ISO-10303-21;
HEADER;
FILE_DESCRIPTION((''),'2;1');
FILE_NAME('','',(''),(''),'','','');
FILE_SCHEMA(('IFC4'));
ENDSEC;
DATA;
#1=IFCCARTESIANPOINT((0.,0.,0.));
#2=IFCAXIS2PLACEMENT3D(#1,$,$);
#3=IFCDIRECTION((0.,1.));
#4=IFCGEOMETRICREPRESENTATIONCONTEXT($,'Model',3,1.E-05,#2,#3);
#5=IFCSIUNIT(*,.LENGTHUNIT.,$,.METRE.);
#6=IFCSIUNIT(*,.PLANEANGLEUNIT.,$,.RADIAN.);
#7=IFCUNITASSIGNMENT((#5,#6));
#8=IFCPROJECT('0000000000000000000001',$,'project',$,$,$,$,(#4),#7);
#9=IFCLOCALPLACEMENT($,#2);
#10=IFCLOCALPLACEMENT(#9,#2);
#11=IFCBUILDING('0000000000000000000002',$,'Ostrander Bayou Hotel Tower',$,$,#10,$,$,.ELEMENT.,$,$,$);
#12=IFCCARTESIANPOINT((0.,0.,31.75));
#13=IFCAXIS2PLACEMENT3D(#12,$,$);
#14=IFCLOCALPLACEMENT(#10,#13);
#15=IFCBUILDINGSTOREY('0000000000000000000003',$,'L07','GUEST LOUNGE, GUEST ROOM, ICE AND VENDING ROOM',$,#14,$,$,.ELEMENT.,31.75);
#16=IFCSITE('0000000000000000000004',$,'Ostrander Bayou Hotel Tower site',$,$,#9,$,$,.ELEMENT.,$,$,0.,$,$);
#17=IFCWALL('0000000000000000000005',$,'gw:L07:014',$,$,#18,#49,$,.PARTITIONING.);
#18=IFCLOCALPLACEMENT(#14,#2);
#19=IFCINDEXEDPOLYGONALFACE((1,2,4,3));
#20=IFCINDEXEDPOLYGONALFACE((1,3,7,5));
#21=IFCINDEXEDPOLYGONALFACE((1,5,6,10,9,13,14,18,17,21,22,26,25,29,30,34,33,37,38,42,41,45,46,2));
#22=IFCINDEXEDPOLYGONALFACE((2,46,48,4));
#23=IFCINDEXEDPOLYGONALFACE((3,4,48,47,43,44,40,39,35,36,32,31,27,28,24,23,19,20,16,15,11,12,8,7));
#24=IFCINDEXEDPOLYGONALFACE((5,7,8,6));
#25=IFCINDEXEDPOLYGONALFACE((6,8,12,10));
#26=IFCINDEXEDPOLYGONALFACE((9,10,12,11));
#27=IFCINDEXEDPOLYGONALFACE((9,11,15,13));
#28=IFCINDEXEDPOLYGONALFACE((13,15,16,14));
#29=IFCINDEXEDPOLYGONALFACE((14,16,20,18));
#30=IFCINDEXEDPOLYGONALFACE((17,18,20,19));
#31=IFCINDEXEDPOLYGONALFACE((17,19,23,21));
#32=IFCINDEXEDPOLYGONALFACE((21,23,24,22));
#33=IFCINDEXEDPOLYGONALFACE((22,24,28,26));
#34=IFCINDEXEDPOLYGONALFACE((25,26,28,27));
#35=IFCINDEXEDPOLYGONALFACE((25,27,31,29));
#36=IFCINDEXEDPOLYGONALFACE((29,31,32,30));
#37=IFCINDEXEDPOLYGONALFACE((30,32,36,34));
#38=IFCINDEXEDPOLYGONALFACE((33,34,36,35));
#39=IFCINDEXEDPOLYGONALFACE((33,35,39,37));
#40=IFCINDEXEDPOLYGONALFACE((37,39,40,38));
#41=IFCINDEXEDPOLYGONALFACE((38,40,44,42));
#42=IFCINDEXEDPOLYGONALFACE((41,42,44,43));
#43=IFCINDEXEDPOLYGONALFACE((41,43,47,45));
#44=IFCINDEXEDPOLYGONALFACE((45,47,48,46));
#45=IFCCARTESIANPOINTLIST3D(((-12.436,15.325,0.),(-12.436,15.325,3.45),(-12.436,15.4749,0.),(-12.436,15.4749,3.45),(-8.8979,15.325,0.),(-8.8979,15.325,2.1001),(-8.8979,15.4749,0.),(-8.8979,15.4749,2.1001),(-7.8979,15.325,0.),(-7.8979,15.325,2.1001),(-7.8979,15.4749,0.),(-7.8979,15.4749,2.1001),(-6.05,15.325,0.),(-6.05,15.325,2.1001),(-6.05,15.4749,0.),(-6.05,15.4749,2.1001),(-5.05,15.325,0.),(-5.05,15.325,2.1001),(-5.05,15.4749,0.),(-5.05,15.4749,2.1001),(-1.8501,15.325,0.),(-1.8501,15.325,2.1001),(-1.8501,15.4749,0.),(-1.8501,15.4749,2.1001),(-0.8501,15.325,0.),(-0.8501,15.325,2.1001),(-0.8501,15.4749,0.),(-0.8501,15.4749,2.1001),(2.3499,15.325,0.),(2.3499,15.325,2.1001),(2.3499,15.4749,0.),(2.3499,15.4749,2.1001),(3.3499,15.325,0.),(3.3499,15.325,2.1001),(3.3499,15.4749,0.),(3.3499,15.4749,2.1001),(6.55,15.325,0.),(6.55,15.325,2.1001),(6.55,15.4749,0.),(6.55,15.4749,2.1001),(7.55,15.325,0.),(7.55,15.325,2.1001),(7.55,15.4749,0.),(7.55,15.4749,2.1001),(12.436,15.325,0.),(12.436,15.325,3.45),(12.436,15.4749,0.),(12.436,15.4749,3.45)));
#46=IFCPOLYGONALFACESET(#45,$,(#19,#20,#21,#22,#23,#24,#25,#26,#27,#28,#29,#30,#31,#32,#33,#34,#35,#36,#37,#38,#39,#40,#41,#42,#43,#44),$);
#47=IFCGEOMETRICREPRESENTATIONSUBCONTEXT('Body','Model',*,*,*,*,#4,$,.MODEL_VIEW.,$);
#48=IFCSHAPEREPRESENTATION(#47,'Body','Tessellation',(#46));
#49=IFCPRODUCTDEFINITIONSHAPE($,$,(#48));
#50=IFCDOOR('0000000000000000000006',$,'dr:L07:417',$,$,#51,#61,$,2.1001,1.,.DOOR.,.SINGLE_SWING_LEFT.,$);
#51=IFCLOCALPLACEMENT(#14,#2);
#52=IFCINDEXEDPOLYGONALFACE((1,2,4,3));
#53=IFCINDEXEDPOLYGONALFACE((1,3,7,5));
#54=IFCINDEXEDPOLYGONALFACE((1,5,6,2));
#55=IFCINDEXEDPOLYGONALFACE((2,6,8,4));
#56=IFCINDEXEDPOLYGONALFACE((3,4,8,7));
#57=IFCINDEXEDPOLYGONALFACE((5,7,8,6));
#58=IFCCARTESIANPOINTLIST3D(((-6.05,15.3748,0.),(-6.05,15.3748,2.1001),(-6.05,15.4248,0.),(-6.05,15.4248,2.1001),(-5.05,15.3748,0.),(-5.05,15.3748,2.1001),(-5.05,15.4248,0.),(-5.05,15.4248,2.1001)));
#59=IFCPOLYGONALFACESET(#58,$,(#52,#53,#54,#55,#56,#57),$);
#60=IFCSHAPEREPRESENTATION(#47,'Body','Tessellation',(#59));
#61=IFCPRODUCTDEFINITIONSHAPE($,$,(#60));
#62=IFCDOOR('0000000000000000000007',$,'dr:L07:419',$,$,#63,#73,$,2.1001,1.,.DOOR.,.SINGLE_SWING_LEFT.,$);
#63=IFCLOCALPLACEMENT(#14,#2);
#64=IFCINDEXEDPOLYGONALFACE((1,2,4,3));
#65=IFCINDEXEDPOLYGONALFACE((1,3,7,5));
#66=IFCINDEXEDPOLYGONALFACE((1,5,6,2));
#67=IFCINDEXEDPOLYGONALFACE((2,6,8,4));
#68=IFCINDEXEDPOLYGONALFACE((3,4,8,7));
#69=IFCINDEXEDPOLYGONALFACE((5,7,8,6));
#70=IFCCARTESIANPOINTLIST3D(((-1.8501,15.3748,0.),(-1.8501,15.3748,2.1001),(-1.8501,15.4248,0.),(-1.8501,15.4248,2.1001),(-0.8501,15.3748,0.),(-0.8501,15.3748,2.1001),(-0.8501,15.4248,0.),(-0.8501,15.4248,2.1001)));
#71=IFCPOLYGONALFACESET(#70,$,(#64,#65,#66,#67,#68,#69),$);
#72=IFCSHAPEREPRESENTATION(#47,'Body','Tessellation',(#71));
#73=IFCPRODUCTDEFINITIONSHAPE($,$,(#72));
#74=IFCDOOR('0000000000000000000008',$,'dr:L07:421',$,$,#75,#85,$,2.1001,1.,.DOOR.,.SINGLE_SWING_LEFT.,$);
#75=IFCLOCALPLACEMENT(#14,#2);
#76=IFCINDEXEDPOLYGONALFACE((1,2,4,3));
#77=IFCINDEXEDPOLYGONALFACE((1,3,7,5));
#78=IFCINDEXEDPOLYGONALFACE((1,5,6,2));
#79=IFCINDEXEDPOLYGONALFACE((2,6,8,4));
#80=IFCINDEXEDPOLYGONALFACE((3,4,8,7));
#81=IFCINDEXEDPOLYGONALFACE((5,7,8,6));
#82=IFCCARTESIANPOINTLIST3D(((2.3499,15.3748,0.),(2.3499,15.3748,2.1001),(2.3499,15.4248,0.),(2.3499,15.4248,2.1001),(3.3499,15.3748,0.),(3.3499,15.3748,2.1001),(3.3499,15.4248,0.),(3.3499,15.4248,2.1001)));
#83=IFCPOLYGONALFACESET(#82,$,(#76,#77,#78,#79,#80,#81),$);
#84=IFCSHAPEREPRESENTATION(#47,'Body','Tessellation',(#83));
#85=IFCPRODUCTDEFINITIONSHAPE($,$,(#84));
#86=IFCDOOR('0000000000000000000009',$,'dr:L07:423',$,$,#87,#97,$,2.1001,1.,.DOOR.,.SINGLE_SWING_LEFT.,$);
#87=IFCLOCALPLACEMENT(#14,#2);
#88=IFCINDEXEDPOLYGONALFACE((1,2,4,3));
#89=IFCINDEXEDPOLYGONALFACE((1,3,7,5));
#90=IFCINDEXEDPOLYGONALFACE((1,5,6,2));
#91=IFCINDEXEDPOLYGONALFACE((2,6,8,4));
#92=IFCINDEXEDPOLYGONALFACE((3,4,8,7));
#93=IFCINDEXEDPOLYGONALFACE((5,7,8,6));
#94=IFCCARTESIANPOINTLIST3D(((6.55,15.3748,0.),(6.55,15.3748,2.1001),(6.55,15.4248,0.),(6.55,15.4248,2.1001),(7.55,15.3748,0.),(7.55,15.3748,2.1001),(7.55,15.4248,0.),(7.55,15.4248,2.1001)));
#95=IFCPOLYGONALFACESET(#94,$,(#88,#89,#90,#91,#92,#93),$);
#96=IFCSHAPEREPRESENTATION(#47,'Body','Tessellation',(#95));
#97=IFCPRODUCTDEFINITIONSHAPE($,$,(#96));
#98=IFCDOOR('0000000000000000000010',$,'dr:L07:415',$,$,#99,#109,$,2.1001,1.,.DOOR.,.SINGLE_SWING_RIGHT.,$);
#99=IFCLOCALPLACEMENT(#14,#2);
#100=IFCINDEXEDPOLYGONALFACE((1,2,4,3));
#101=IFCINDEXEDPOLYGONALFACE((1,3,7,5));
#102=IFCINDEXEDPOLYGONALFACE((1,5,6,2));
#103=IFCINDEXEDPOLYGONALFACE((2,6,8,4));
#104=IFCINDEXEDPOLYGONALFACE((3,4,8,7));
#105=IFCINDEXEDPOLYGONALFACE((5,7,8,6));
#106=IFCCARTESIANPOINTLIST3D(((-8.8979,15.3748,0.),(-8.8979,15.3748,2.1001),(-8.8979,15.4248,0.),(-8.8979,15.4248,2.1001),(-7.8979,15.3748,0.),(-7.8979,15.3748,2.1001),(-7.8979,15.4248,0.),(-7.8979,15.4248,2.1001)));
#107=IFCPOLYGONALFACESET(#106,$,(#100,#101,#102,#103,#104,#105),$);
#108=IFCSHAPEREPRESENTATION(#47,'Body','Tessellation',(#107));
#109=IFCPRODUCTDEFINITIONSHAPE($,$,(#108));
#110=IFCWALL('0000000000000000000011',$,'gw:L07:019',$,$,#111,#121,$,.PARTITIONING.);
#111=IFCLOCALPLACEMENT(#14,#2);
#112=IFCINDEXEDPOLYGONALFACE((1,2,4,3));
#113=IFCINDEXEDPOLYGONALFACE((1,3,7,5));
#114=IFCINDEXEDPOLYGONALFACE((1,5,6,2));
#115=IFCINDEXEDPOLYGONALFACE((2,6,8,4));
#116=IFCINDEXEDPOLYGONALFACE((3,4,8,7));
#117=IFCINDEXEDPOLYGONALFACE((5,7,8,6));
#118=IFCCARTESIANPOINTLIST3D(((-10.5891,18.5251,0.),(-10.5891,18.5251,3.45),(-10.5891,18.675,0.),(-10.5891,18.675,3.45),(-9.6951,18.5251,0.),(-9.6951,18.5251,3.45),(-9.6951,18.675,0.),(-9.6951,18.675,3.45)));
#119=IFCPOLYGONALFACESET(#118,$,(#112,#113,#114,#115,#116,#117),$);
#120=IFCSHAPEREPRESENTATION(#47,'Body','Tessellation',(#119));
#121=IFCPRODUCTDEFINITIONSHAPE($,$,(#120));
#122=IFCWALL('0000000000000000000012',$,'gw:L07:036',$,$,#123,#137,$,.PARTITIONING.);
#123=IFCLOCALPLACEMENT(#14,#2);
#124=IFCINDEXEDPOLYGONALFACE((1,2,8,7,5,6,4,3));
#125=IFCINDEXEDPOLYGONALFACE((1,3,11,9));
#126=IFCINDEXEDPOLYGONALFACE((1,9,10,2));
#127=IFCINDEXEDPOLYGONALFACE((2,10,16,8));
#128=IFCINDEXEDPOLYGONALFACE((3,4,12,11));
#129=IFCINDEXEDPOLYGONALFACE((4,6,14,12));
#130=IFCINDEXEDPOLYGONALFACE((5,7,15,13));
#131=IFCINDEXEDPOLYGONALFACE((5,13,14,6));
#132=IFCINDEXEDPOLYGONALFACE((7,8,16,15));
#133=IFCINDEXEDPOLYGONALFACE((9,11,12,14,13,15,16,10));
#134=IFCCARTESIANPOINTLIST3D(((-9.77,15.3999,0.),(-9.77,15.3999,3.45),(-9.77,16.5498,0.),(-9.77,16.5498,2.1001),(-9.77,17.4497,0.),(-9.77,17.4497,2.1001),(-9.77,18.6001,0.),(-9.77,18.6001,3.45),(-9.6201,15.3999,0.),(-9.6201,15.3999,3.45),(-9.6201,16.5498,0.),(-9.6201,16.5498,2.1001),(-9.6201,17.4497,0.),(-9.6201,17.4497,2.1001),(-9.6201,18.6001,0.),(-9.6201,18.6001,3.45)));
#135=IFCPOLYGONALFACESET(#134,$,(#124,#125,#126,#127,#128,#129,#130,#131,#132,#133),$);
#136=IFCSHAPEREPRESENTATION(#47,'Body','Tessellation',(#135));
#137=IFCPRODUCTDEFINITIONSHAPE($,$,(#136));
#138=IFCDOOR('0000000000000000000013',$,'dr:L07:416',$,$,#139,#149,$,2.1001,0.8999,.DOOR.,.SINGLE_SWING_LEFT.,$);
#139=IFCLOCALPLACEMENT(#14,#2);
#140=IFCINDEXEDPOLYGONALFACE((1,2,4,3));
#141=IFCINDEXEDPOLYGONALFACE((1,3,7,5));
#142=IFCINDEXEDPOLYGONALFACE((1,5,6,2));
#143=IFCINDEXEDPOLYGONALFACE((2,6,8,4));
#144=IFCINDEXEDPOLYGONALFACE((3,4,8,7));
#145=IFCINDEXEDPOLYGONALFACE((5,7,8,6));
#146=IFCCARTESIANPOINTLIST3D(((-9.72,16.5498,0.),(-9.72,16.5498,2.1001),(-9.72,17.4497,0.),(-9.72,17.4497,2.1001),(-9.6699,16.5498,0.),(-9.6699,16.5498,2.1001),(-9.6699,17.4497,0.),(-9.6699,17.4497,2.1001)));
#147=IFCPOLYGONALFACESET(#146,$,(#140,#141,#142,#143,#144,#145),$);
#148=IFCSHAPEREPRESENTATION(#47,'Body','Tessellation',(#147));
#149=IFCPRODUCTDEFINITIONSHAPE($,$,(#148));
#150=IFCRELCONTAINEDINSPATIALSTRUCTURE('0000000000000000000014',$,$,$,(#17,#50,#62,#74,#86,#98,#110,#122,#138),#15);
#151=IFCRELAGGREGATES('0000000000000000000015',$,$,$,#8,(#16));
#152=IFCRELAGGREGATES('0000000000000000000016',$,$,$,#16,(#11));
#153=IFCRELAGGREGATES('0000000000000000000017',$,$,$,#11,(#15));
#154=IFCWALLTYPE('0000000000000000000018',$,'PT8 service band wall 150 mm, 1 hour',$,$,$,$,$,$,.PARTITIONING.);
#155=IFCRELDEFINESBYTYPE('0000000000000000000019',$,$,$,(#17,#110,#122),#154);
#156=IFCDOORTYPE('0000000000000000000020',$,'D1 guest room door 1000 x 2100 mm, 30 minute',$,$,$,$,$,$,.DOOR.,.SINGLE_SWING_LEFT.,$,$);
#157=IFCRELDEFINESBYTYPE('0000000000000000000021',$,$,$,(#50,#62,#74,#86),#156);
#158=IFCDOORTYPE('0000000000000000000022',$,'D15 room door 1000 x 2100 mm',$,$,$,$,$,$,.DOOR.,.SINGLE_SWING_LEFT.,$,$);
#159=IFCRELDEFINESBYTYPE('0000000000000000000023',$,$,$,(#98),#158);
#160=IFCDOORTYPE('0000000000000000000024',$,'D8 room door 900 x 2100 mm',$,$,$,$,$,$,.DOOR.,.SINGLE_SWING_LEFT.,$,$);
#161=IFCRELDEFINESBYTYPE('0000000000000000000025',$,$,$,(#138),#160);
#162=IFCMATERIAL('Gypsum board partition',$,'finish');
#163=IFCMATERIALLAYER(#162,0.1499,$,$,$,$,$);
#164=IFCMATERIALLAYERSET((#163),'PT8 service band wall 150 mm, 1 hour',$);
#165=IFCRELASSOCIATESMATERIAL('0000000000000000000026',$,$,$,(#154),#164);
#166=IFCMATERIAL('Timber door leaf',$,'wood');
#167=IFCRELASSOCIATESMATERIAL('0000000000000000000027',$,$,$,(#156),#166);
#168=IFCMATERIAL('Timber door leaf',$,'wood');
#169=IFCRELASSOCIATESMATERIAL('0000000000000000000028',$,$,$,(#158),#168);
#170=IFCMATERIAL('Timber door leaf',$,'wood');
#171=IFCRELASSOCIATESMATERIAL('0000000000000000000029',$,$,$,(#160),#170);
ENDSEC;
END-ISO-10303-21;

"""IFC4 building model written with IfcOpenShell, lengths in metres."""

from ifc_helpers import new_model, si_unit, direction, frame, frame_2d, origin, place, context, subcontext, project, spatial, rectangle, extrude, material, layer, layer_set, type_object, element, fill, save


model = new_model("IFC4")

# Units and contexts
model_context = context("Model", 3, precision=1e-05, world=origin(), true_north=direction((0.0, 1.0)))
body_context = subcontext(model_context, "Body", "Model", "MODEL_VIEW")
ifc_project = project(units=[si_unit("LENGTHUNIT", "METRE"), si_unit("PLANEANGLEUNIT", "RADIAN")], contexts=[model_context])

# Site, building, storey
site_placement = place(None, origin())
site = spatial("IfcSite", under=ifc_project, at=site_placement, Name="Ostrander Bayou Hotel Tower site", CompositionType="ELEMENT", RefElevation=0.0)
building_placement = place(site_placement, origin())
building = spatial("IfcBuilding", under=site, at=building_placement, Name="Ostrander Bayou Hotel Tower", CompositionType="ELEMENT")
storey_placement = place(building_placement, frame((0.0, 0.0, 31.75)))
storey = spatial("IfcBuildingStorey", under=building, at=storey_placement, Name="L07", Description="GUEST LOUNGE, GUEST ROOM, ICE AND VENDING ROOM", CompositionType="ELEMENT", Elevation=31.75)

# Wall, openings, doors
ifc_material_1 = material(Name="Gypsum board partition", Category="finish")
ifc_layer_1 = layer(ifc_material_1, 0.1499)
ifc_layer_set_1 = layer_set([ifc_layer_1], Name="PT8 service band wall 150 mm, 1 hour")
wall_type_1 = type_object("IfcWallType", Name="PT8 service band wall 150 mm, 1 hour", PredefinedType="PARTITIONING", material=ifc_layer_set_1)
wall_1_placement = place(storey_placement, frame((-12.436, 15.3999, 0.0), z_axis=(0.0, 0.0, 1.0), x_axis=(1.0, 0.0, 0.0)))
wall_1 = element("IfcWall", 1, at=wall_1_placement, inside=storey, type_object=wall_type_1, Name="gw:L07:014", PredefinedType="PARTITIONING", context=body_context, shape_type="SweptSolid", body=[
    extrude(rectangle(XDim=24.8721, YDim=0.1499, at=frame_2d((12.436, 0.0))), origin(), (0.0, 0.0, 1.0), 3.45),
])
opening_1_placement = place(wall_1_placement, frame((3.5381, 0.0, 0.0)))
opening_1 = element("IfcOpeningElement", 2, at=opening_1_placement, cuts=wall_1, PredefinedType="OPENING", context=body_context, shape_type="SweptSolid", body=[
    extrude(rectangle(XDim=1.0, YDim=2.1001, at=frame_2d((0.5, 1.05))), frame((0.0, 0.075, 0.0), z_axis=(0.0, -1.0, 0.0), x_axis=(1.0, 0.0, 0.0)), (0.0, 0.0, 1.0), 0.1499),
])
opening_2_placement = place(wall_1_placement, frame((6.386, 0.0, 0.0)))
opening_2 = element("IfcOpeningElement", 3, at=opening_2_placement, cuts=wall_1, PredefinedType="OPENING", context=body_context, shape_type="SweptSolid", body=[
    extrude(rectangle(XDim=1.0, YDim=2.1001, at=frame_2d((0.5, 1.05))), frame((0.0, 0.075, 0.0), z_axis=(0.0, -1.0, 0.0), x_axis=(1.0, 0.0, 0.0)), (0.0, 0.0, 1.0), 0.1499),
])
opening_3_placement = place(wall_1_placement, frame((10.5859, 0.0, 0.0)))
opening_3 = element("IfcOpeningElement", 4, at=opening_3_placement, cuts=wall_1, PredefinedType="OPENING", context=body_context, shape_type="SweptSolid", body=[
    extrude(rectangle(XDim=1.0, YDim=2.1001, at=frame_2d((0.5, 1.05))), frame((0.0, 0.075, 0.0), z_axis=(0.0, -1.0, 0.0), x_axis=(1.0, 0.0, 0.0)), (0.0, 0.0, 1.0), 0.1499),
])
opening_4_placement = place(wall_1_placement, frame((14.7859, 0.0, 0.0)))
opening_4 = element("IfcOpeningElement", 5, at=opening_4_placement, cuts=wall_1, PredefinedType="OPENING", context=body_context, shape_type="SweptSolid", body=[
    extrude(rectangle(XDim=1.0, YDim=2.1001, at=frame_2d((0.5, 1.05))), frame((0.0, 0.075, 0.0), z_axis=(0.0, -1.0, 0.0), x_axis=(1.0, 0.0, 0.0)), (0.0, 0.0, 1.0), 0.1499),
])
opening_5_placement = place(wall_1_placement, frame((18.9861, 0.0, 0.0)))
opening_5 = element("IfcOpeningElement", 6, at=opening_5_placement, cuts=wall_1, PredefinedType="OPENING", context=body_context, shape_type="SweptSolid", body=[
    extrude(rectangle(XDim=1.0, YDim=2.1001, at=frame_2d((0.5, 1.05))), frame((0.0, 0.075, 0.0), z_axis=(0.0, -1.0, 0.0), x_axis=(1.0, 0.0, 0.0)), (0.0, 0.0, 1.0), 0.1499),
])
ifc_material_2 = material(Name="Timber door leaf", Category="wood")
door_type_1 = type_object("IfcDoorType", Name="D1 guest room door 1000 x 2100 mm, 30 minute", OperationType="SINGLE_SWING_LEFT", PredefinedType="DOOR", material=ifc_material_2)
door_1_placement = place(opening_2_placement, origin())
door_1 = element("IfcDoor", 7, at=door_1_placement, inside=storey, type_object=door_type_1, Name="dr:L07:417", OperationType="SINGLE_SWING_LEFT", OverallHeight=2.1001, OverallWidth=1.0, PredefinedType="DOOR", context=body_context, shape_type="SweptSolid", body=[
    extrude(rectangle(XDim=1.0, YDim=2.1001, at=frame_2d((0.5, 1.05))), frame((0.0, 0.0249, 0.0), z_axis=(0.0, -1.0, 0.0), x_axis=(1.0, 0.0, 0.0)), (0.0, 0.0, 1.0), 0.05),
])
fill(opening_2, door_1)
door_2_placement = place(opening_3_placement, origin())
door_2 = element("IfcDoor", 8, at=door_2_placement, inside=storey, type_object=door_type_1, Name="dr:L07:419", OperationType="SINGLE_SWING_LEFT", OverallHeight=2.1001, OverallWidth=1.0, PredefinedType="DOOR", context=body_context, shape_type="SweptSolid", body=[
    extrude(rectangle(XDim=1.0, YDim=2.1001, at=frame_2d((0.5, 1.05))), frame((0.0, 0.0249, 0.0), z_axis=(0.0, -1.0, 0.0), x_axis=(1.0, 0.0, 0.0)), (0.0, 0.0, 1.0), 0.05),
])
fill(opening_3, door_2)
door_3_placement = place(opening_4_placement, origin())
door_3 = element("IfcDoor", 9, at=door_3_placement, inside=storey, type_object=door_type_1, Name="dr:L07:421", OperationType="SINGLE_SWING_LEFT", OverallHeight=2.1001, OverallWidth=1.0, PredefinedType="DOOR", context=body_context, shape_type="SweptSolid", body=[
    extrude(rectangle(XDim=1.0, YDim=2.1001, at=frame_2d((0.5, 1.05))), frame((0.0, 0.0249, 0.0), z_axis=(0.0, -1.0, 0.0), x_axis=(1.0, 0.0, 0.0)), (0.0, 0.0, 1.0), 0.05),
])
fill(opening_4, door_3)
door_4_placement = place(opening_5_placement, origin())
door_4 = element("IfcDoor", 10, at=door_4_placement, inside=storey, type_object=door_type_1, Name="dr:L07:423", OperationType="SINGLE_SWING_LEFT", OverallHeight=2.1001, OverallWidth=1.0, PredefinedType="DOOR", context=body_context, shape_type="SweptSolid", body=[
    extrude(rectangle(XDim=1.0, YDim=2.1001, at=frame_2d((0.5, 1.05))), frame((0.0, 0.0249, 0.0), z_axis=(0.0, -1.0, 0.0), x_axis=(1.0, 0.0, 0.0)), (0.0, 0.0, 1.0), 0.05),
])
fill(opening_5, door_4)
ifc_material_3 = material(Name="Timber door leaf", Category="wood")
door_type_2 = type_object("IfcDoorType", Name="D15 room door 1000 x 2100 mm", OperationType="SINGLE_SWING_LEFT", PredefinedType="DOOR", material=ifc_material_3)
door_5_placement = place(opening_1_placement, origin())
door_5 = element("IfcDoor", 11, at=door_5_placement, inside=storey, type_object=door_type_2, Name="dr:L07:415", OperationType="SINGLE_SWING_RIGHT", OverallHeight=2.1001, OverallWidth=1.0, PredefinedType="DOOR", context=body_context, shape_type="SweptSolid", body=[
    extrude(rectangle(XDim=1.0, YDim=2.1001, at=frame_2d((0.5, 1.05))), frame((0.0, 0.0249, 0.0), z_axis=(0.0, -1.0, 0.0), x_axis=(1.0, 0.0, 0.0)), (0.0, 0.0, 1.0), 0.05),
])
fill(opening_1, door_5)

# Wall
wall_2_placement = place(storey_placement, frame((-10.5891, 18.6001, 0.0), z_axis=(0.0, 0.0, 1.0), x_axis=(1.0, 0.0, 0.0)))
element("IfcWall", 12, at=wall_2_placement, inside=storey, type_object=wall_type_1, Name="gw:L07:019", PredefinedType="PARTITIONING", context=body_context, shape_type="SweptSolid", body=[
    extrude(rectangle(XDim=0.894, YDim=0.1499, at=frame_2d((0.447, 0.0))), origin(), (0.0, 0.0, 1.0), 3.45),
])

# Wall, opening, door
wall_3_placement = place(storey_placement, frame((-9.6951, 15.3999, 0.0), z_axis=(0.0, 0.0, 1.0), x_axis=(0.0, 1.0, 0.0)))
wall_3 = element("IfcWall", 13, at=wall_3_placement, inside=storey, type_object=wall_type_1, Name="gw:L07:036", PredefinedType="PARTITIONING", context=body_context, shape_type="SweptSolid", body=[
    extrude(rectangle(XDim=3.2002, YDim=0.1499, at=frame_2d((1.6001, 0.0))), origin(), (0.0, 0.0, 1.0), 3.45),
])
opening_6_placement = place(wall_3_placement, frame((1.1499, 0.0, 0.0)))
opening_6 = element("IfcOpeningElement", 14, at=opening_6_placement, cuts=wall_3, PredefinedType="OPENING", context=body_context, shape_type="SweptSolid", body=[
    extrude(rectangle(XDim=0.8999, YDim=2.1001, at=frame_2d((0.45, 1.05))), frame((0.0, 0.075, 0.0), z_axis=(0.0, -1.0, 0.0), x_axis=(1.0, 0.0, 0.0)), (0.0, 0.0, 1.0), 0.1499),
])
ifc_material_4 = material(Name="Timber door leaf", Category="wood")
door_type_3 = type_object("IfcDoorType", Name="D8 room door 900 x 2100 mm", OperationType="SINGLE_SWING_LEFT", PredefinedType="DOOR", material=ifc_material_4)
door_6_placement = place(opening_6_placement, origin())
door_6 = element("IfcDoor", 15, at=door_6_placement, inside=storey, type_object=door_type_3, Name="dr:L07:416", OperationType="SINGLE_SWING_LEFT", OverallHeight=2.1001, OverallWidth=0.8999, PredefinedType="DOOR", context=body_context, shape_type="SweptSolid", body=[
    extrude(rectangle(XDim=0.8999, YDim=2.1001, at=frame_2d((0.45, 1.05))), frame((0.0, 0.0249, 0.0), z_axis=(0.0, -1.0, 0.0), x_axis=(1.0, 0.0, 0.0)), (0.0, 0.0, 1.0), 0.05),
])
fill(opening_6, door_6)

save(model, "model.ifc")
